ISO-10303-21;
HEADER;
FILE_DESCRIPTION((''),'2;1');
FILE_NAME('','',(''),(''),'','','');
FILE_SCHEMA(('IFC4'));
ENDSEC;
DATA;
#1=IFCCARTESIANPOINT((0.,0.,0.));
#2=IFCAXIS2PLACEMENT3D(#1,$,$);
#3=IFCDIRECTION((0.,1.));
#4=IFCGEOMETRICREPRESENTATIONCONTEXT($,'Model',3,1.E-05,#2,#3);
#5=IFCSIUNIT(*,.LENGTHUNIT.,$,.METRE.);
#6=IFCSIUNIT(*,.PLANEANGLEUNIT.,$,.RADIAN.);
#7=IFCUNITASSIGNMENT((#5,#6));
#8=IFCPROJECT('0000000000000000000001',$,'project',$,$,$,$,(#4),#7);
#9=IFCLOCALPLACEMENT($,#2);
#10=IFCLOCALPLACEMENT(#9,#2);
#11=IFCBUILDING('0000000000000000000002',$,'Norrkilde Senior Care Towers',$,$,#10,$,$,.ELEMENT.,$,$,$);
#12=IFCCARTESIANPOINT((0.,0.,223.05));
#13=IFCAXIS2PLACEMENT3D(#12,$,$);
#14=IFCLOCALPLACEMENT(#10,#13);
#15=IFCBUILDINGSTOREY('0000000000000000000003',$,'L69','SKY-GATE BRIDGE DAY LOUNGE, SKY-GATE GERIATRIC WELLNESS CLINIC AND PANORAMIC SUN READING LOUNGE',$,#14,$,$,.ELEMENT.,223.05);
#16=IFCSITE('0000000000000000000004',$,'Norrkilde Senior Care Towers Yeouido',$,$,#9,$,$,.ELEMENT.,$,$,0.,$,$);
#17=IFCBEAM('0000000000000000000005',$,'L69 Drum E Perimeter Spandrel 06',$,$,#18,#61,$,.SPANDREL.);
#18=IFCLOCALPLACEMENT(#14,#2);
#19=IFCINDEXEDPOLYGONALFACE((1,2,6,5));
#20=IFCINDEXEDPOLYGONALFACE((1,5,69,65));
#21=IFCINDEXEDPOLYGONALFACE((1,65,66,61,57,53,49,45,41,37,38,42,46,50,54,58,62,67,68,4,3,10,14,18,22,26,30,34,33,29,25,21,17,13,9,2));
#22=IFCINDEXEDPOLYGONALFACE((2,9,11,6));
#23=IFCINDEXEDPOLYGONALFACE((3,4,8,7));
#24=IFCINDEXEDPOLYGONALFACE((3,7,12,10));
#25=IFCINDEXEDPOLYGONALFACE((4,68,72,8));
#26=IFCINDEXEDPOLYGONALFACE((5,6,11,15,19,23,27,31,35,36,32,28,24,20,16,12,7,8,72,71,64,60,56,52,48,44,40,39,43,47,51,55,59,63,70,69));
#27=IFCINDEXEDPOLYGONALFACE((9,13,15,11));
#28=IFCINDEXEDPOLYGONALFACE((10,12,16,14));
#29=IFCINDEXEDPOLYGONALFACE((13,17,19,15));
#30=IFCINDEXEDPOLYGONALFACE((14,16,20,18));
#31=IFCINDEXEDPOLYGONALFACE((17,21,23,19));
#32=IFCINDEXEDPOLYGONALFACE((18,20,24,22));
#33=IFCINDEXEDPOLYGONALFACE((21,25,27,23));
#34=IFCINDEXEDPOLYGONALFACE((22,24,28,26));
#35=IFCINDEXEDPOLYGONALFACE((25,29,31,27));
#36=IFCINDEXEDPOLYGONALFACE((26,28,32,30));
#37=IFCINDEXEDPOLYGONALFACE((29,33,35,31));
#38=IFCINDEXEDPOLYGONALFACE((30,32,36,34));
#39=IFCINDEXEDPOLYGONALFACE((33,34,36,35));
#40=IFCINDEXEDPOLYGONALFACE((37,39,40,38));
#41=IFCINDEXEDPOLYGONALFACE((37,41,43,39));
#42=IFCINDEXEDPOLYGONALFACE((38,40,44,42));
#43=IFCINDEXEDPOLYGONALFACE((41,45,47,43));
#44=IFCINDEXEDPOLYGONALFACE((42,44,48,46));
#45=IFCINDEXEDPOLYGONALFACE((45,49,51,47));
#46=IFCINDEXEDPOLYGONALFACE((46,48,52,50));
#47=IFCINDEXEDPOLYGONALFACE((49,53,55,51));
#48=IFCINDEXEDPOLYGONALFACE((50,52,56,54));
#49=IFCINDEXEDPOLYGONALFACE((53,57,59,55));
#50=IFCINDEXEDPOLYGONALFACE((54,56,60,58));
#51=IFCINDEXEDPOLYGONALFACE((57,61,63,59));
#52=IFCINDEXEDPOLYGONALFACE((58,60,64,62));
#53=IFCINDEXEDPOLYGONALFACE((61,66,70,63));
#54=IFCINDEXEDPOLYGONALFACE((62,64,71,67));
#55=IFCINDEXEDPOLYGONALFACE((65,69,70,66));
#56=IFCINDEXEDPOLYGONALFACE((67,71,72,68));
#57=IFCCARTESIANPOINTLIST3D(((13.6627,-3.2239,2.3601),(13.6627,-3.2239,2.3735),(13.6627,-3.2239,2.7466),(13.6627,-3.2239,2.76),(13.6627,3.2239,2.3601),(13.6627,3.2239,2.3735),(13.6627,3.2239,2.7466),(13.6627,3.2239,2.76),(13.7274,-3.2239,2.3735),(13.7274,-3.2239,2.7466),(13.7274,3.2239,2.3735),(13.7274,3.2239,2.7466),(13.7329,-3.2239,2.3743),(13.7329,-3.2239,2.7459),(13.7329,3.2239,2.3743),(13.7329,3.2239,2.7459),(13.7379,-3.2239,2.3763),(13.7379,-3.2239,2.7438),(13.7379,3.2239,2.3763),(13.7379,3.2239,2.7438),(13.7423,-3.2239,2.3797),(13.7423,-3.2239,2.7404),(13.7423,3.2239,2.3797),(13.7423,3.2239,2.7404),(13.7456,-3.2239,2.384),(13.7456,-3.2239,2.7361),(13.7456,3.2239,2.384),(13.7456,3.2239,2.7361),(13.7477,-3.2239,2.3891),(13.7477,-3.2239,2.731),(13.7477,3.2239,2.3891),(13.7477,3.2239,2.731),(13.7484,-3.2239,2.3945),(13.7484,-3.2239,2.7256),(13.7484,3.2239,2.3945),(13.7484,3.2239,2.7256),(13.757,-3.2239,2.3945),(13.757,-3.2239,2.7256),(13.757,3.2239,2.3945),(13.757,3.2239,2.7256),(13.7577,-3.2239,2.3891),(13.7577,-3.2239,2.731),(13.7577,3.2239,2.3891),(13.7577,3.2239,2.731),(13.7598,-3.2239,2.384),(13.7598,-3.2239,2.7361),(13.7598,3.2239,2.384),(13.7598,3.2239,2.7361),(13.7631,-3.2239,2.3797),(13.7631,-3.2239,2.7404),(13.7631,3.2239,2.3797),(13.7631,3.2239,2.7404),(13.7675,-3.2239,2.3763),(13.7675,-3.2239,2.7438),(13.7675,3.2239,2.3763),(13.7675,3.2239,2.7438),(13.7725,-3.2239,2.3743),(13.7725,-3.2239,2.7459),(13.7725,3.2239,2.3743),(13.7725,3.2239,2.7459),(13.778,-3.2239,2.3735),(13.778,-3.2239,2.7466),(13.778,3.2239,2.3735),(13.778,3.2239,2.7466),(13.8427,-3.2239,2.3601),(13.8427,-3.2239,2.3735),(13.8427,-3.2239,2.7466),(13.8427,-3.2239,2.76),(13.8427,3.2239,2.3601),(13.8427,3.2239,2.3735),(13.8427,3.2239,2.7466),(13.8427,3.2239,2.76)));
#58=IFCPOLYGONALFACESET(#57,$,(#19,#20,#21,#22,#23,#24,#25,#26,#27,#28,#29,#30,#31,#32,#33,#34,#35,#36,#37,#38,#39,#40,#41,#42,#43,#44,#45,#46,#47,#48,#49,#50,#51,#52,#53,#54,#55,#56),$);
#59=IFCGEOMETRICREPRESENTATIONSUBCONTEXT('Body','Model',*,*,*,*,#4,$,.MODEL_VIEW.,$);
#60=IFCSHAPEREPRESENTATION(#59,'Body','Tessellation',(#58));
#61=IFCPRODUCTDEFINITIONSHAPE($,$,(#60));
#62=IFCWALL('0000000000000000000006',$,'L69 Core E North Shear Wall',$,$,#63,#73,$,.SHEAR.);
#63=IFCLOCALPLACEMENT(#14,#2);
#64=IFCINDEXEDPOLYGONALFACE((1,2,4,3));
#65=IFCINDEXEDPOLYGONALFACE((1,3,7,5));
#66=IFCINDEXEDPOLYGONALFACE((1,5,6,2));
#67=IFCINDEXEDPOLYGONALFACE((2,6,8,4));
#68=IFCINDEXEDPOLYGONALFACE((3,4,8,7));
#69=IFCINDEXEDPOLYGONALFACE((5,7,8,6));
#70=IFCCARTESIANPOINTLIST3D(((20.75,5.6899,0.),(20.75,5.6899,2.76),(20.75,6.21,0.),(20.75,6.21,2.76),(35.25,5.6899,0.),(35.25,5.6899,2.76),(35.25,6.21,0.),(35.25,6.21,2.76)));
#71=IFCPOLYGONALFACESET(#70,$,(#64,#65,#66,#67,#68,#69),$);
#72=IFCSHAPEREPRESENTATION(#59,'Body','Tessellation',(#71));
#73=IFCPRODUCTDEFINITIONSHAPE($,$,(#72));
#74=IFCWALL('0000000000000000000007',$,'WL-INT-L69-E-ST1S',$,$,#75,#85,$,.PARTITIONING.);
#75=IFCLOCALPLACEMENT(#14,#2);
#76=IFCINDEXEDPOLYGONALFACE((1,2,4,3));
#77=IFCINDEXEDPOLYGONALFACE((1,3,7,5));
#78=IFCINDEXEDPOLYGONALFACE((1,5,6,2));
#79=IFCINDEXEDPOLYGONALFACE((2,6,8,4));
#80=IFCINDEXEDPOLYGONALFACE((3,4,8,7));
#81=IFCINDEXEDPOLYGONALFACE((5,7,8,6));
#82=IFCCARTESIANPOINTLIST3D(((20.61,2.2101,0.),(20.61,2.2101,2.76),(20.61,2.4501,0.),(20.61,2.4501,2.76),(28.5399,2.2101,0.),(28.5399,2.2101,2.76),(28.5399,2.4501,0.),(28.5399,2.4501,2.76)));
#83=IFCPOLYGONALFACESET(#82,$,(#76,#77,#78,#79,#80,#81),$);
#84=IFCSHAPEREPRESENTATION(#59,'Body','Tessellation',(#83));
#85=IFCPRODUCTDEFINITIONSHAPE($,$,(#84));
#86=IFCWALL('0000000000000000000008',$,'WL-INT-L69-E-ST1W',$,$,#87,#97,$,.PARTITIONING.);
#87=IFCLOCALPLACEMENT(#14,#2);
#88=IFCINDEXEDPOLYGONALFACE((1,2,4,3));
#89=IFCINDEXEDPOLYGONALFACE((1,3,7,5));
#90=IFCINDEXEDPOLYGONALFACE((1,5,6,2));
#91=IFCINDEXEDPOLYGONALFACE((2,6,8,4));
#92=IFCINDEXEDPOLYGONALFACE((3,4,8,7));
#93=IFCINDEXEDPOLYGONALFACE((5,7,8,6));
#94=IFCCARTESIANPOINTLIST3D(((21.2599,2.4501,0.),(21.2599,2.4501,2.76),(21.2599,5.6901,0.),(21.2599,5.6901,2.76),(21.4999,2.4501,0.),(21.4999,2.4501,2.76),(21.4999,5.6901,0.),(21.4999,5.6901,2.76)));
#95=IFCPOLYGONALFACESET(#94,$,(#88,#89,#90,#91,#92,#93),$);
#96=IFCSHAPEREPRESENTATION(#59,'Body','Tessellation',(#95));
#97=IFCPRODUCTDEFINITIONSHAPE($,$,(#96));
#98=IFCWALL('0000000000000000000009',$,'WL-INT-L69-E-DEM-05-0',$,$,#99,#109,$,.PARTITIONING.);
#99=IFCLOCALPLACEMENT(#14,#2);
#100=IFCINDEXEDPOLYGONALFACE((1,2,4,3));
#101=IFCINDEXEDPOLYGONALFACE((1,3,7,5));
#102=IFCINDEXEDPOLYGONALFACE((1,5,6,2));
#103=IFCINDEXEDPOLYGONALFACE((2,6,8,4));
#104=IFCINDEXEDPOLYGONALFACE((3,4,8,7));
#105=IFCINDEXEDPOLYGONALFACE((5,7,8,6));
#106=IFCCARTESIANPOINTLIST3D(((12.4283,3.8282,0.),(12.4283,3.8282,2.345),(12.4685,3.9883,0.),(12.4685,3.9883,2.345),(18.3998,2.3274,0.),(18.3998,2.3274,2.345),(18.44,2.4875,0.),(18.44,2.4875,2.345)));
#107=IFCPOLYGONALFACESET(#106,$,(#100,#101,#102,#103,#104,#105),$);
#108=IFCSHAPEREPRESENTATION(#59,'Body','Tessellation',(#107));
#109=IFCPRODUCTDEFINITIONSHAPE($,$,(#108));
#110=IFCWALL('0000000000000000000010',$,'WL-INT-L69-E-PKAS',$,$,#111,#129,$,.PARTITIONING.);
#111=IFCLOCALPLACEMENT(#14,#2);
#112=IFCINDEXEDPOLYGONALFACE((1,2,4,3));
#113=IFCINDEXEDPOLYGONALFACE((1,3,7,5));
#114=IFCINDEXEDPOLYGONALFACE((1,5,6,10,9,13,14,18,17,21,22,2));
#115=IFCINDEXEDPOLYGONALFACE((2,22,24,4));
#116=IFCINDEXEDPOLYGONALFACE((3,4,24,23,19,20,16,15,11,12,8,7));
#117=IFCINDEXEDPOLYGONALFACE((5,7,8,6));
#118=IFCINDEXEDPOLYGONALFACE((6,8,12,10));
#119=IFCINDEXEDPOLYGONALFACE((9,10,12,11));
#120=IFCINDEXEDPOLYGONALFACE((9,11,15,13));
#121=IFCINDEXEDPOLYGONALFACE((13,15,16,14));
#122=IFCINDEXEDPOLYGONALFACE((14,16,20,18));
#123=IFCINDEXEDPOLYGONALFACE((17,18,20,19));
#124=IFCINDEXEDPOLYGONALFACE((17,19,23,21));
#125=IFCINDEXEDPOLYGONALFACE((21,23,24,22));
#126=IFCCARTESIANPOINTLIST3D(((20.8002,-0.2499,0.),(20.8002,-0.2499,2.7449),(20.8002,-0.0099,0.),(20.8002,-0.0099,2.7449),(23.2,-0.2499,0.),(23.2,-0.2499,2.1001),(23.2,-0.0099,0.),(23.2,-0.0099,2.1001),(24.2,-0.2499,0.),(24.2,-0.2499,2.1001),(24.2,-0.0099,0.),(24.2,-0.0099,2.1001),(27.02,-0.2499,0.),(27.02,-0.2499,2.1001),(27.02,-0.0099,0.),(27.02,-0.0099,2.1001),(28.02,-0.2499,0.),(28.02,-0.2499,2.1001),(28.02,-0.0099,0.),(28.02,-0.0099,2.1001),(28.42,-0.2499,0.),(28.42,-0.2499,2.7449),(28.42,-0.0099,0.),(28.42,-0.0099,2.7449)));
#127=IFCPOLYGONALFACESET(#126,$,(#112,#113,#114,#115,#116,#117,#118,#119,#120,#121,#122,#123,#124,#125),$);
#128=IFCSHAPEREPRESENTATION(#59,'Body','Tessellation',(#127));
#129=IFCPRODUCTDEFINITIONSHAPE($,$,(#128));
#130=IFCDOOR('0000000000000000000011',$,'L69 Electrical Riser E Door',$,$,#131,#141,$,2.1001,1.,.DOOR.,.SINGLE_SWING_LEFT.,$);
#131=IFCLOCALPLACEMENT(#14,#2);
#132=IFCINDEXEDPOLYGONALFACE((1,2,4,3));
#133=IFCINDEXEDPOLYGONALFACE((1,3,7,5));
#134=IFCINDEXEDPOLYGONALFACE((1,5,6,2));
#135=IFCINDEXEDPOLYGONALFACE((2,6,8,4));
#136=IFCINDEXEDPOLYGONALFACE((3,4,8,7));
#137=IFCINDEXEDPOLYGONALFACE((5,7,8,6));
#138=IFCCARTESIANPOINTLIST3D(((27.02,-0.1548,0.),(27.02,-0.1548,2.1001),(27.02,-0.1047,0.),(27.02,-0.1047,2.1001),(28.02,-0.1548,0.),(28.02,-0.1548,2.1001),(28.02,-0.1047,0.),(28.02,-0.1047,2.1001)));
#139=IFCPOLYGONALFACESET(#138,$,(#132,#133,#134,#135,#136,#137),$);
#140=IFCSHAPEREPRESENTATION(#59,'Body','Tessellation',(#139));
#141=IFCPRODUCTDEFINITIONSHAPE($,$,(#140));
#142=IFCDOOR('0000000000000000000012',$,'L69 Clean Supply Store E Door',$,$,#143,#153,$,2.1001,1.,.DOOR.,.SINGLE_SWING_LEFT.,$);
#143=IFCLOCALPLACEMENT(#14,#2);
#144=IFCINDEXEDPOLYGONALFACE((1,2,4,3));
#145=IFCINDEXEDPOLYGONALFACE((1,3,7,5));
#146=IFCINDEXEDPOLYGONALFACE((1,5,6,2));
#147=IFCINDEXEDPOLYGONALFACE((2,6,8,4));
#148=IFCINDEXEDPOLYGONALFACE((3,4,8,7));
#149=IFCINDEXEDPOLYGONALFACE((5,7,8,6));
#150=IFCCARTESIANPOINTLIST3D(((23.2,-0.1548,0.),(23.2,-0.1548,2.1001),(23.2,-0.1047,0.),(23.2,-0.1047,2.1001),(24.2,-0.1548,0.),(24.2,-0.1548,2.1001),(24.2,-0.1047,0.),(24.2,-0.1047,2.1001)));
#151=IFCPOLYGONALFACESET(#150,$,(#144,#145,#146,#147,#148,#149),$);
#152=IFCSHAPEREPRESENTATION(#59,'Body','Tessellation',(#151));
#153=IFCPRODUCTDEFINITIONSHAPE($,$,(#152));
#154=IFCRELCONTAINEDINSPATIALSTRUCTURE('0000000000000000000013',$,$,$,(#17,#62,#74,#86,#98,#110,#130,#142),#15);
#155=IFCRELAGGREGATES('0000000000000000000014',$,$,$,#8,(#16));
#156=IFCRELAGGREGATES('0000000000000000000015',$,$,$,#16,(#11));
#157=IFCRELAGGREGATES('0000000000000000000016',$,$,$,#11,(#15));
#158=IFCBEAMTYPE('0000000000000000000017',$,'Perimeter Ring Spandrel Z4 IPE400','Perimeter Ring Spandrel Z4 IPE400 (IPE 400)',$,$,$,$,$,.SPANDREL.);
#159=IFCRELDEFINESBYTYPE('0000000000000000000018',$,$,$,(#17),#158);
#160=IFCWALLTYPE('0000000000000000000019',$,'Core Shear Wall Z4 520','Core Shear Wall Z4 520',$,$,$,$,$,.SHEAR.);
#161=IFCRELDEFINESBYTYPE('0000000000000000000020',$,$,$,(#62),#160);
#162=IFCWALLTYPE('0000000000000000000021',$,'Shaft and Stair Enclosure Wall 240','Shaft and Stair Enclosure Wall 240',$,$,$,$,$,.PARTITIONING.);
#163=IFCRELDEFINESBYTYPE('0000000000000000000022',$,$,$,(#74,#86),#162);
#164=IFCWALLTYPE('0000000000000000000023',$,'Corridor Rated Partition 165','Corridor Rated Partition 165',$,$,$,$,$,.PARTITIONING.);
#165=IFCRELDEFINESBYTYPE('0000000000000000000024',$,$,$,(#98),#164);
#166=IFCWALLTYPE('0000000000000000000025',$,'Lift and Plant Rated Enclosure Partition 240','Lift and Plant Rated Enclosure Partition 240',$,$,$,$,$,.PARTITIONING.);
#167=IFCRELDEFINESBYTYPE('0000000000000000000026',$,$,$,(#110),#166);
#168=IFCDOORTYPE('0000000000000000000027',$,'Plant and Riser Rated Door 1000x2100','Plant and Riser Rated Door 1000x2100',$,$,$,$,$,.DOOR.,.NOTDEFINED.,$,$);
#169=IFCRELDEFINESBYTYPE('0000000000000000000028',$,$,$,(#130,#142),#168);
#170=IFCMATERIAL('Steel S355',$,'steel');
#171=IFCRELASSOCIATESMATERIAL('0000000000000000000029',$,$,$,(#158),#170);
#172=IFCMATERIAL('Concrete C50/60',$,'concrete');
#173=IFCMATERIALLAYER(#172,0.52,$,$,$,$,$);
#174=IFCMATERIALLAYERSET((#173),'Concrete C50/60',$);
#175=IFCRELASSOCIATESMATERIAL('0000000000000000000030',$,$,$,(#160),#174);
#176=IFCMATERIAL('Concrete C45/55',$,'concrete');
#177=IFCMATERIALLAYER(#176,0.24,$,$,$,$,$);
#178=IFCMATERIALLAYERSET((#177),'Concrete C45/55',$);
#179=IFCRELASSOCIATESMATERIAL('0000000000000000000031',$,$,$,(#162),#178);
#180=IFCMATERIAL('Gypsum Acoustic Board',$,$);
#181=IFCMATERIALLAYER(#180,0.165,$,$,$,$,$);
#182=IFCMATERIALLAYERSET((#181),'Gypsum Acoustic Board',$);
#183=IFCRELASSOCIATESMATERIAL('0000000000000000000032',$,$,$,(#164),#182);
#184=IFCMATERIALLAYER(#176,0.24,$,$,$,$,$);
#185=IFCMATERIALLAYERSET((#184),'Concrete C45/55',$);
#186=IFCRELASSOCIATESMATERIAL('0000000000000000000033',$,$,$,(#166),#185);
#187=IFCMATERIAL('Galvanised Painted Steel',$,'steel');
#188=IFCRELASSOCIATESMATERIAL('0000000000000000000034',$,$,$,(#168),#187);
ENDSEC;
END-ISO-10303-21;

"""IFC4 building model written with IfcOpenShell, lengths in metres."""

from ifc_helpers import new_model, si_unit, direction, frame, frame_2d, origin, origin_2d, place, context, subcontext, project, spatial, rectangle, i_section, extrude, source, transform, mapped, material, layer, layer_set, material_profile, profile_set, type_object, type_shapes, element, fill, save


model = new_model("IFC4")

# Units and contexts
model_context = context("Model", 3, precision=1e-05, world=origin(), true_north=direction((0.0, 1.0)))
body_context = subcontext(model_context, "Body", "Model", "MODEL_VIEW")
ifc_project = project(units=[si_unit("LENGTHUNIT", "METRE"), si_unit("PLANEANGLEUNIT", "RADIAN")], contexts=[model_context])

# Site, building, storey
site_placement = place(None, origin())
site = spatial("IfcSite", under=ifc_project, at=site_placement, Name="Norrkilde Senior Care Towers Yeouido", CompositionType="ELEMENT", RefElevation=0.0)
building_placement = place(site_placement, origin())
building = spatial("IfcBuilding", under=site, at=building_placement, Name="Norrkilde Senior Care Towers", CompositionType="ELEMENT")
storey_placement = place(building_placement, frame((0.0, 0.0, 223.05)))
storey = spatial("IfcBuildingStorey", under=building, at=storey_placement, Name="L69", Description="SKY-GATE BRIDGE DAY LOUNGE, SKY-GATE GERIATRIC WELLNESS CLINIC AND PANORAMIC SUN READING LOUNGE", CompositionType="ELEMENT", Elevation=223.05)

# Shared definitions
ifc_material_1 = material(Name="Concrete C50/60", Category="concrete")

# Beam
ifc_material_2 = material(Name="Steel S355", Category="steel")
ifc_material_profile_1 = material_profile(ifc_material_2, i_section(OverallWidth=0.1799, OverallDepth=0.3999, WebThickness=0.0085, FlangeThickness=0.0134, FilletRadius=0.021, at=origin_2d()), Name="IPE 400")
ifc_profile_set_1 = profile_set([ifc_material_profile_1], Name="Steel S355")
beam_type_1 = type_object("IfcBeamType", Name="Perimeter Ring Spandrel Z4 IPE400", Description="Perimeter Ring Spandrel Z4 IPE400 (IPE 400)", PredefinedType="SPANDREL", material=ifc_profile_set_1)
shared_shape_1 = source(origin(), body_context, "Body", "SweptSolid", [
    extrude(i_section(OverallWidth=0.1799, OverallDepth=0.3999, WebThickness=0.0085, FlangeThickness=0.0134, FilletRadius=0.021, at=origin_2d()), origin(), (0.0, 0.0, 1.0), 6.4478),
])
type_shapes(beam_type_1, [shared_shape_1])
beam_1_placement = place(storey_placement, frame((13.7527, 3.2239, 2.5601), z_axis=(0.0, -1.0, 0.0), x_axis=(1.0, 0.0, 0.0)))
element("IfcBeam", 1, at=beam_1_placement, inside=storey, type_object=beam_type_1, Name="L69 Drum E Perimeter Spandrel 06", PredefinedType="SPANDREL", context=body_context, shape_type="MappedRepresentation", body=[
    mapped(shared_shape_1, transform((0.0, 0.0, 0.0), x_axis=(1.0, 0.0, 0.0), y_axis=(0.0, 1.0, 0.0), z_axis=(0.0, 0.0, 1.0), scale=1.0)),
])

# Walls
ifc_layer_1 = layer(ifc_material_1, 0.52)
ifc_layer_set_1 = layer_set([ifc_layer_1], Name="Concrete C50/60")
wall_type_1 = type_object("IfcWallType", Name="Core Shear Wall Z4 520", Description="Core Shear Wall Z4 520", PredefinedType="SHEAR", material=ifc_layer_set_1)
shared_shape_2 = source(origin(), body_context, "Body", "SweptSolid", [
    extrude(rectangle(XDim=14.5, YDim=0.52, at=frame_2d((7.25, 0.0))), origin(), (0.0, 0.0, 1.0), 2.76),
])
type_shapes(wall_type_1, [shared_shape_2])
wall_1_placement = place(storey_placement, frame((20.75, 5.95, 0.0), z_axis=(0.0, 0.0, 1.0), x_axis=(1.0, 0.0, 0.0)))
element("IfcWall", 2, at=wall_1_placement, inside=storey, type_object=wall_type_1, Name="L69 Core E North Shear Wall", PredefinedType="SHEAR", context=body_context, shape_type="MappedRepresentation", body=[
    mapped(shared_shape_2, transform((0.0, 0.0, 0.0), x_axis=(1.0, 0.0, 0.0), y_axis=(0.0, 1.0, 0.0), z_axis=(0.0, 0.0, 1.0), scale=1.0)),
])
ifc_material_3 = material(Name="Concrete C45/55", Category="concrete")
ifc_layer_2 = layer(ifc_material_3, 0.24)
ifc_layer_set_2 = layer_set([ifc_layer_2], Name="Concrete C45/55")
wall_type_2 = type_object("IfcWallType", Name="Shaft and Stair Enclosure Wall 240", Description="Shaft and Stair Enclosure Wall 240", PredefinedType="PARTITIONING", material=ifc_layer_set_2)
shared_shape_3 = source(origin(), body_context, "Body", "SweptSolid", [
    extrude(rectangle(XDim=7.9299, YDim=0.24, at=frame_2d((3.9648, 0.0))), origin(), (0.0, 0.0, 1.0), 2.76),
])
wall_2_placement = place(storey_placement, frame((20.6101, 2.3301, 0.0), z_axis=(0.0, 0.0, 1.0), x_axis=(1.0, 0.0, 0.0)))
element("IfcWall", 3, at=wall_2_placement, inside=storey, type_object=wall_type_2, Name="WL-INT-L69-E-ST1S", PredefinedType="PARTITIONING", context=body_context, shape_type="MappedRepresentation", body=[
    mapped(shared_shape_3, transform((0.0, 0.0, 0.0), x_axis=(1.0, 0.0, 0.0), y_axis=(0.0, 1.0, 0.0), z_axis=(0.0, 0.0, 1.0), scale=1.0)),
])
shared_shape_4 = source(origin(), body_context, "Body", "SweptSolid", [
    extrude(rectangle(XDim=3.24, YDim=0.24, at=frame_2d((1.6201, 0.0))), origin(), (0.0, 0.0, 1.0), 2.76),
])
type_shapes(wall_type_2, [shared_shape_3, shared_shape_4])
wall_3_placement = place(storey_placement, frame((21.3799, 2.45, 0.0), z_axis=(0.0, 0.0, 1.0), x_axis=(0.0, 1.0, 0.0)))
element("IfcWall", 4, at=wall_3_placement, inside=storey, type_object=wall_type_2, Name="WL-INT-L69-E-ST1W", PredefinedType="PARTITIONING", context=body_context, shape_type="MappedRepresentation", body=[
    mapped(shared_shape_4, transform((0.0, 0.0, 0.0), x_axis=(1.0, 0.0, 0.0), y_axis=(0.0, 1.0, 0.0), z_axis=(0.0, 0.0, 1.0), scale=1.0)),
])
ifc_material_4 = material(Name="Gypsum Acoustic Board")
ifc_layer_3 = layer(ifc_material_4, 0.165)
ifc_layer_set_3 = layer_set([ifc_layer_3], Name="Gypsum Acoustic Board")
wall_type_3 = type_object("IfcWallType", Name="Corridor Rated Partition 165", Description="Corridor Rated Partition 165", PredefinedType="PARTITIONING", material=ifc_layer_set_3)
shared_shape_5 = source(origin(), body_context, "Body", "SweptSolid", [
    extrude(rectangle(XDim=6.1572, YDim=0.165, at=frame_2d((3.0786, 0.0))), origin(), (0.0, 0.0, 1.0), 2.345),
])
wall_4_placement = place(storey_placement, frame((18.4199, 2.4075, 0.0), z_axis=(0.0, 0.0, 1.0), x_axis=(-0.969841, 0.243739, 0.0)))
element("IfcWall", 5, at=wall_4_placement, inside=storey, type_object=wall_type_3, Name="WL-INT-L69-E-DEM-05-0", PredefinedType="PARTITIONING", context=body_context, shape_type="MappedRepresentation", body=[
    mapped(shared_shape_5, transform((0.0, 0.0, 0.0), x_axis=(1.0, 0.0, 0.0), y_axis=(0.0, 1.0, 0.0), z_axis=(0.0, 0.0, 1.0), scale=1.0)),
])

# Wall, openings, doors
ifc_layer_4 = layer(ifc_material_3, 0.24)
ifc_layer_set_4 = layer_set([ifc_layer_4], Name="Concrete C45/55")
wall_type_4 = type_object("IfcWallType", Name="Lift and Plant Rated Enclosure Partition 240", Description="Lift and Plant Rated Enclosure Partition 240", PredefinedType="PARTITIONING", material=ifc_layer_set_4)
shared_shape_6 = source(origin(), body_context, "Body", "SweptSolid", [
    extrude(rectangle(XDim=7.6199, YDim=0.24, at=frame_2d((3.8101, 0.0))), origin(), (0.0, 0.0, 1.0), 2.7449),
])
type_shapes(wall_type_4, [shared_shape_6])
wall_5_placement = place(storey_placement, frame((20.8, -0.1299, 0.0), z_axis=(0.0, 0.0, 1.0), x_axis=(1.0, 0.0, 0.0)))
wall_5 = element("IfcWall", 6, at=wall_5_placement, inside=storey, type_object=wall_type_4, Name="WL-INT-L69-E-PKAS", PredefinedType="PARTITIONING", context=body_context, shape_type="MappedRepresentation", body=[
    mapped(shared_shape_6, transform((0.0, 0.0, 0.0), x_axis=(1.0, 0.0, 0.0), y_axis=(0.0, 1.0, 0.0), z_axis=(0.0, 0.0, 1.0), scale=1.0)),
])
opening_1_placement = place(wall_5_placement, frame((6.22, 0.0, 0.0)))
opening_1 = element("IfcOpeningElement", 7, at=opening_1_placement, cuts=wall_5, PredefinedType="OPENING", context=body_context, shape_type="SweptSolid", body=[
    extrude(rectangle(XDim=1.0, YDim=2.1001, at=frame_2d((0.5, 1.05))), frame((0.0, 0.1299, 0.0), z_axis=(0.0, -1.0, 0.0), x_axis=(1.0, 0.0, 0.0)), (0.0, 0.0, 1.0), 0.26),
])
opening_2_placement = place(wall_5_placement, frame((2.3999, 0.0, 0.0)))
opening_2 = element("IfcOpeningElement", 8, at=opening_2_placement, cuts=wall_5, PredefinedType="OPENING", context=body_context, shape_type="SweptSolid", body=[
    extrude(rectangle(XDim=1.0, YDim=2.1001, at=frame_2d((0.5, 1.05))), frame((0.0, 0.1299, 0.0), z_axis=(0.0, -1.0, 0.0), x_axis=(1.0, 0.0, 0.0)), (0.0, 0.0, 1.0), 0.26),
])
ifc_material_5 = material(Name="Galvanised Painted Steel", Category="steel")
door_type_1 = type_object("IfcDoorType", Name="Plant and Riser Rated Door 1000x2100", Description="Plant and Riser Rated Door 1000x2100", OperationType="NOTDEFINED", PredefinedType="DOOR", material=ifc_material_5)
shared_shape_7 = source(origin(), body_context, "Body", "SweptSolid", [
    extrude(rectangle(XDim=1.0, YDim=2.1001, at=frame_2d((0.5, 1.05))), frame((0.0, 0.0249, 0.0), z_axis=(0.0, -1.0, 0.0), x_axis=(1.0, 0.0, 0.0)), (0.0, 0.0, 1.0), 0.05),
])
type_shapes(door_type_1, [shared_shape_7])
door_1_placement = place(opening_1_placement, frame((1.0, 0.0, 0.0), z_axis=(0.0, 0.0, 1.0), x_axis=(-1.0, 0.0, 0.0)))
door_1 = element("IfcDoor", 9, at=door_1_placement, inside=storey, type_object=door_type_1, Name="L69 Electrical Riser E Door", OperationType="SINGLE_SWING_LEFT", OverallHeight=2.1001, OverallWidth=1.0, PredefinedType="DOOR", context=body_context, shape_type="MappedRepresentation", body=[
    mapped(shared_shape_7, transform((0.0, 0.0, 0.0), x_axis=(1.0, 0.0, 0.0), y_axis=(0.0, 1.0, 0.0), z_axis=(0.0, 0.0, 1.0), scale=1.0)),
])
fill(opening_1, door_1)
door_2_placement = place(opening_2_placement, frame((1.0, 0.0, 0.0), z_axis=(0.0, 0.0, 1.0), x_axis=(-1.0, 0.0, 0.0)))
door_2 = element("IfcDoor", 10, at=door_2_placement, inside=storey, type_object=door_type_1, Name="L69 Clean Supply Store E Door", OperationType="SINGLE_SWING_LEFT", OverallHeight=2.1001, OverallWidth=1.0, PredefinedType="DOOR", context=body_context, shape_type="MappedRepresentation", body=[
    mapped(shared_shape_7, transform((0.0, 0.0, 0.0), x_axis=(1.0, 0.0, 0.0), y_axis=(0.0, 1.0, 0.0), z_axis=(0.0, 0.0, 1.0), scale=1.0)),
])
fill(opening_2, door_2)

save(model, "model.ifc")
